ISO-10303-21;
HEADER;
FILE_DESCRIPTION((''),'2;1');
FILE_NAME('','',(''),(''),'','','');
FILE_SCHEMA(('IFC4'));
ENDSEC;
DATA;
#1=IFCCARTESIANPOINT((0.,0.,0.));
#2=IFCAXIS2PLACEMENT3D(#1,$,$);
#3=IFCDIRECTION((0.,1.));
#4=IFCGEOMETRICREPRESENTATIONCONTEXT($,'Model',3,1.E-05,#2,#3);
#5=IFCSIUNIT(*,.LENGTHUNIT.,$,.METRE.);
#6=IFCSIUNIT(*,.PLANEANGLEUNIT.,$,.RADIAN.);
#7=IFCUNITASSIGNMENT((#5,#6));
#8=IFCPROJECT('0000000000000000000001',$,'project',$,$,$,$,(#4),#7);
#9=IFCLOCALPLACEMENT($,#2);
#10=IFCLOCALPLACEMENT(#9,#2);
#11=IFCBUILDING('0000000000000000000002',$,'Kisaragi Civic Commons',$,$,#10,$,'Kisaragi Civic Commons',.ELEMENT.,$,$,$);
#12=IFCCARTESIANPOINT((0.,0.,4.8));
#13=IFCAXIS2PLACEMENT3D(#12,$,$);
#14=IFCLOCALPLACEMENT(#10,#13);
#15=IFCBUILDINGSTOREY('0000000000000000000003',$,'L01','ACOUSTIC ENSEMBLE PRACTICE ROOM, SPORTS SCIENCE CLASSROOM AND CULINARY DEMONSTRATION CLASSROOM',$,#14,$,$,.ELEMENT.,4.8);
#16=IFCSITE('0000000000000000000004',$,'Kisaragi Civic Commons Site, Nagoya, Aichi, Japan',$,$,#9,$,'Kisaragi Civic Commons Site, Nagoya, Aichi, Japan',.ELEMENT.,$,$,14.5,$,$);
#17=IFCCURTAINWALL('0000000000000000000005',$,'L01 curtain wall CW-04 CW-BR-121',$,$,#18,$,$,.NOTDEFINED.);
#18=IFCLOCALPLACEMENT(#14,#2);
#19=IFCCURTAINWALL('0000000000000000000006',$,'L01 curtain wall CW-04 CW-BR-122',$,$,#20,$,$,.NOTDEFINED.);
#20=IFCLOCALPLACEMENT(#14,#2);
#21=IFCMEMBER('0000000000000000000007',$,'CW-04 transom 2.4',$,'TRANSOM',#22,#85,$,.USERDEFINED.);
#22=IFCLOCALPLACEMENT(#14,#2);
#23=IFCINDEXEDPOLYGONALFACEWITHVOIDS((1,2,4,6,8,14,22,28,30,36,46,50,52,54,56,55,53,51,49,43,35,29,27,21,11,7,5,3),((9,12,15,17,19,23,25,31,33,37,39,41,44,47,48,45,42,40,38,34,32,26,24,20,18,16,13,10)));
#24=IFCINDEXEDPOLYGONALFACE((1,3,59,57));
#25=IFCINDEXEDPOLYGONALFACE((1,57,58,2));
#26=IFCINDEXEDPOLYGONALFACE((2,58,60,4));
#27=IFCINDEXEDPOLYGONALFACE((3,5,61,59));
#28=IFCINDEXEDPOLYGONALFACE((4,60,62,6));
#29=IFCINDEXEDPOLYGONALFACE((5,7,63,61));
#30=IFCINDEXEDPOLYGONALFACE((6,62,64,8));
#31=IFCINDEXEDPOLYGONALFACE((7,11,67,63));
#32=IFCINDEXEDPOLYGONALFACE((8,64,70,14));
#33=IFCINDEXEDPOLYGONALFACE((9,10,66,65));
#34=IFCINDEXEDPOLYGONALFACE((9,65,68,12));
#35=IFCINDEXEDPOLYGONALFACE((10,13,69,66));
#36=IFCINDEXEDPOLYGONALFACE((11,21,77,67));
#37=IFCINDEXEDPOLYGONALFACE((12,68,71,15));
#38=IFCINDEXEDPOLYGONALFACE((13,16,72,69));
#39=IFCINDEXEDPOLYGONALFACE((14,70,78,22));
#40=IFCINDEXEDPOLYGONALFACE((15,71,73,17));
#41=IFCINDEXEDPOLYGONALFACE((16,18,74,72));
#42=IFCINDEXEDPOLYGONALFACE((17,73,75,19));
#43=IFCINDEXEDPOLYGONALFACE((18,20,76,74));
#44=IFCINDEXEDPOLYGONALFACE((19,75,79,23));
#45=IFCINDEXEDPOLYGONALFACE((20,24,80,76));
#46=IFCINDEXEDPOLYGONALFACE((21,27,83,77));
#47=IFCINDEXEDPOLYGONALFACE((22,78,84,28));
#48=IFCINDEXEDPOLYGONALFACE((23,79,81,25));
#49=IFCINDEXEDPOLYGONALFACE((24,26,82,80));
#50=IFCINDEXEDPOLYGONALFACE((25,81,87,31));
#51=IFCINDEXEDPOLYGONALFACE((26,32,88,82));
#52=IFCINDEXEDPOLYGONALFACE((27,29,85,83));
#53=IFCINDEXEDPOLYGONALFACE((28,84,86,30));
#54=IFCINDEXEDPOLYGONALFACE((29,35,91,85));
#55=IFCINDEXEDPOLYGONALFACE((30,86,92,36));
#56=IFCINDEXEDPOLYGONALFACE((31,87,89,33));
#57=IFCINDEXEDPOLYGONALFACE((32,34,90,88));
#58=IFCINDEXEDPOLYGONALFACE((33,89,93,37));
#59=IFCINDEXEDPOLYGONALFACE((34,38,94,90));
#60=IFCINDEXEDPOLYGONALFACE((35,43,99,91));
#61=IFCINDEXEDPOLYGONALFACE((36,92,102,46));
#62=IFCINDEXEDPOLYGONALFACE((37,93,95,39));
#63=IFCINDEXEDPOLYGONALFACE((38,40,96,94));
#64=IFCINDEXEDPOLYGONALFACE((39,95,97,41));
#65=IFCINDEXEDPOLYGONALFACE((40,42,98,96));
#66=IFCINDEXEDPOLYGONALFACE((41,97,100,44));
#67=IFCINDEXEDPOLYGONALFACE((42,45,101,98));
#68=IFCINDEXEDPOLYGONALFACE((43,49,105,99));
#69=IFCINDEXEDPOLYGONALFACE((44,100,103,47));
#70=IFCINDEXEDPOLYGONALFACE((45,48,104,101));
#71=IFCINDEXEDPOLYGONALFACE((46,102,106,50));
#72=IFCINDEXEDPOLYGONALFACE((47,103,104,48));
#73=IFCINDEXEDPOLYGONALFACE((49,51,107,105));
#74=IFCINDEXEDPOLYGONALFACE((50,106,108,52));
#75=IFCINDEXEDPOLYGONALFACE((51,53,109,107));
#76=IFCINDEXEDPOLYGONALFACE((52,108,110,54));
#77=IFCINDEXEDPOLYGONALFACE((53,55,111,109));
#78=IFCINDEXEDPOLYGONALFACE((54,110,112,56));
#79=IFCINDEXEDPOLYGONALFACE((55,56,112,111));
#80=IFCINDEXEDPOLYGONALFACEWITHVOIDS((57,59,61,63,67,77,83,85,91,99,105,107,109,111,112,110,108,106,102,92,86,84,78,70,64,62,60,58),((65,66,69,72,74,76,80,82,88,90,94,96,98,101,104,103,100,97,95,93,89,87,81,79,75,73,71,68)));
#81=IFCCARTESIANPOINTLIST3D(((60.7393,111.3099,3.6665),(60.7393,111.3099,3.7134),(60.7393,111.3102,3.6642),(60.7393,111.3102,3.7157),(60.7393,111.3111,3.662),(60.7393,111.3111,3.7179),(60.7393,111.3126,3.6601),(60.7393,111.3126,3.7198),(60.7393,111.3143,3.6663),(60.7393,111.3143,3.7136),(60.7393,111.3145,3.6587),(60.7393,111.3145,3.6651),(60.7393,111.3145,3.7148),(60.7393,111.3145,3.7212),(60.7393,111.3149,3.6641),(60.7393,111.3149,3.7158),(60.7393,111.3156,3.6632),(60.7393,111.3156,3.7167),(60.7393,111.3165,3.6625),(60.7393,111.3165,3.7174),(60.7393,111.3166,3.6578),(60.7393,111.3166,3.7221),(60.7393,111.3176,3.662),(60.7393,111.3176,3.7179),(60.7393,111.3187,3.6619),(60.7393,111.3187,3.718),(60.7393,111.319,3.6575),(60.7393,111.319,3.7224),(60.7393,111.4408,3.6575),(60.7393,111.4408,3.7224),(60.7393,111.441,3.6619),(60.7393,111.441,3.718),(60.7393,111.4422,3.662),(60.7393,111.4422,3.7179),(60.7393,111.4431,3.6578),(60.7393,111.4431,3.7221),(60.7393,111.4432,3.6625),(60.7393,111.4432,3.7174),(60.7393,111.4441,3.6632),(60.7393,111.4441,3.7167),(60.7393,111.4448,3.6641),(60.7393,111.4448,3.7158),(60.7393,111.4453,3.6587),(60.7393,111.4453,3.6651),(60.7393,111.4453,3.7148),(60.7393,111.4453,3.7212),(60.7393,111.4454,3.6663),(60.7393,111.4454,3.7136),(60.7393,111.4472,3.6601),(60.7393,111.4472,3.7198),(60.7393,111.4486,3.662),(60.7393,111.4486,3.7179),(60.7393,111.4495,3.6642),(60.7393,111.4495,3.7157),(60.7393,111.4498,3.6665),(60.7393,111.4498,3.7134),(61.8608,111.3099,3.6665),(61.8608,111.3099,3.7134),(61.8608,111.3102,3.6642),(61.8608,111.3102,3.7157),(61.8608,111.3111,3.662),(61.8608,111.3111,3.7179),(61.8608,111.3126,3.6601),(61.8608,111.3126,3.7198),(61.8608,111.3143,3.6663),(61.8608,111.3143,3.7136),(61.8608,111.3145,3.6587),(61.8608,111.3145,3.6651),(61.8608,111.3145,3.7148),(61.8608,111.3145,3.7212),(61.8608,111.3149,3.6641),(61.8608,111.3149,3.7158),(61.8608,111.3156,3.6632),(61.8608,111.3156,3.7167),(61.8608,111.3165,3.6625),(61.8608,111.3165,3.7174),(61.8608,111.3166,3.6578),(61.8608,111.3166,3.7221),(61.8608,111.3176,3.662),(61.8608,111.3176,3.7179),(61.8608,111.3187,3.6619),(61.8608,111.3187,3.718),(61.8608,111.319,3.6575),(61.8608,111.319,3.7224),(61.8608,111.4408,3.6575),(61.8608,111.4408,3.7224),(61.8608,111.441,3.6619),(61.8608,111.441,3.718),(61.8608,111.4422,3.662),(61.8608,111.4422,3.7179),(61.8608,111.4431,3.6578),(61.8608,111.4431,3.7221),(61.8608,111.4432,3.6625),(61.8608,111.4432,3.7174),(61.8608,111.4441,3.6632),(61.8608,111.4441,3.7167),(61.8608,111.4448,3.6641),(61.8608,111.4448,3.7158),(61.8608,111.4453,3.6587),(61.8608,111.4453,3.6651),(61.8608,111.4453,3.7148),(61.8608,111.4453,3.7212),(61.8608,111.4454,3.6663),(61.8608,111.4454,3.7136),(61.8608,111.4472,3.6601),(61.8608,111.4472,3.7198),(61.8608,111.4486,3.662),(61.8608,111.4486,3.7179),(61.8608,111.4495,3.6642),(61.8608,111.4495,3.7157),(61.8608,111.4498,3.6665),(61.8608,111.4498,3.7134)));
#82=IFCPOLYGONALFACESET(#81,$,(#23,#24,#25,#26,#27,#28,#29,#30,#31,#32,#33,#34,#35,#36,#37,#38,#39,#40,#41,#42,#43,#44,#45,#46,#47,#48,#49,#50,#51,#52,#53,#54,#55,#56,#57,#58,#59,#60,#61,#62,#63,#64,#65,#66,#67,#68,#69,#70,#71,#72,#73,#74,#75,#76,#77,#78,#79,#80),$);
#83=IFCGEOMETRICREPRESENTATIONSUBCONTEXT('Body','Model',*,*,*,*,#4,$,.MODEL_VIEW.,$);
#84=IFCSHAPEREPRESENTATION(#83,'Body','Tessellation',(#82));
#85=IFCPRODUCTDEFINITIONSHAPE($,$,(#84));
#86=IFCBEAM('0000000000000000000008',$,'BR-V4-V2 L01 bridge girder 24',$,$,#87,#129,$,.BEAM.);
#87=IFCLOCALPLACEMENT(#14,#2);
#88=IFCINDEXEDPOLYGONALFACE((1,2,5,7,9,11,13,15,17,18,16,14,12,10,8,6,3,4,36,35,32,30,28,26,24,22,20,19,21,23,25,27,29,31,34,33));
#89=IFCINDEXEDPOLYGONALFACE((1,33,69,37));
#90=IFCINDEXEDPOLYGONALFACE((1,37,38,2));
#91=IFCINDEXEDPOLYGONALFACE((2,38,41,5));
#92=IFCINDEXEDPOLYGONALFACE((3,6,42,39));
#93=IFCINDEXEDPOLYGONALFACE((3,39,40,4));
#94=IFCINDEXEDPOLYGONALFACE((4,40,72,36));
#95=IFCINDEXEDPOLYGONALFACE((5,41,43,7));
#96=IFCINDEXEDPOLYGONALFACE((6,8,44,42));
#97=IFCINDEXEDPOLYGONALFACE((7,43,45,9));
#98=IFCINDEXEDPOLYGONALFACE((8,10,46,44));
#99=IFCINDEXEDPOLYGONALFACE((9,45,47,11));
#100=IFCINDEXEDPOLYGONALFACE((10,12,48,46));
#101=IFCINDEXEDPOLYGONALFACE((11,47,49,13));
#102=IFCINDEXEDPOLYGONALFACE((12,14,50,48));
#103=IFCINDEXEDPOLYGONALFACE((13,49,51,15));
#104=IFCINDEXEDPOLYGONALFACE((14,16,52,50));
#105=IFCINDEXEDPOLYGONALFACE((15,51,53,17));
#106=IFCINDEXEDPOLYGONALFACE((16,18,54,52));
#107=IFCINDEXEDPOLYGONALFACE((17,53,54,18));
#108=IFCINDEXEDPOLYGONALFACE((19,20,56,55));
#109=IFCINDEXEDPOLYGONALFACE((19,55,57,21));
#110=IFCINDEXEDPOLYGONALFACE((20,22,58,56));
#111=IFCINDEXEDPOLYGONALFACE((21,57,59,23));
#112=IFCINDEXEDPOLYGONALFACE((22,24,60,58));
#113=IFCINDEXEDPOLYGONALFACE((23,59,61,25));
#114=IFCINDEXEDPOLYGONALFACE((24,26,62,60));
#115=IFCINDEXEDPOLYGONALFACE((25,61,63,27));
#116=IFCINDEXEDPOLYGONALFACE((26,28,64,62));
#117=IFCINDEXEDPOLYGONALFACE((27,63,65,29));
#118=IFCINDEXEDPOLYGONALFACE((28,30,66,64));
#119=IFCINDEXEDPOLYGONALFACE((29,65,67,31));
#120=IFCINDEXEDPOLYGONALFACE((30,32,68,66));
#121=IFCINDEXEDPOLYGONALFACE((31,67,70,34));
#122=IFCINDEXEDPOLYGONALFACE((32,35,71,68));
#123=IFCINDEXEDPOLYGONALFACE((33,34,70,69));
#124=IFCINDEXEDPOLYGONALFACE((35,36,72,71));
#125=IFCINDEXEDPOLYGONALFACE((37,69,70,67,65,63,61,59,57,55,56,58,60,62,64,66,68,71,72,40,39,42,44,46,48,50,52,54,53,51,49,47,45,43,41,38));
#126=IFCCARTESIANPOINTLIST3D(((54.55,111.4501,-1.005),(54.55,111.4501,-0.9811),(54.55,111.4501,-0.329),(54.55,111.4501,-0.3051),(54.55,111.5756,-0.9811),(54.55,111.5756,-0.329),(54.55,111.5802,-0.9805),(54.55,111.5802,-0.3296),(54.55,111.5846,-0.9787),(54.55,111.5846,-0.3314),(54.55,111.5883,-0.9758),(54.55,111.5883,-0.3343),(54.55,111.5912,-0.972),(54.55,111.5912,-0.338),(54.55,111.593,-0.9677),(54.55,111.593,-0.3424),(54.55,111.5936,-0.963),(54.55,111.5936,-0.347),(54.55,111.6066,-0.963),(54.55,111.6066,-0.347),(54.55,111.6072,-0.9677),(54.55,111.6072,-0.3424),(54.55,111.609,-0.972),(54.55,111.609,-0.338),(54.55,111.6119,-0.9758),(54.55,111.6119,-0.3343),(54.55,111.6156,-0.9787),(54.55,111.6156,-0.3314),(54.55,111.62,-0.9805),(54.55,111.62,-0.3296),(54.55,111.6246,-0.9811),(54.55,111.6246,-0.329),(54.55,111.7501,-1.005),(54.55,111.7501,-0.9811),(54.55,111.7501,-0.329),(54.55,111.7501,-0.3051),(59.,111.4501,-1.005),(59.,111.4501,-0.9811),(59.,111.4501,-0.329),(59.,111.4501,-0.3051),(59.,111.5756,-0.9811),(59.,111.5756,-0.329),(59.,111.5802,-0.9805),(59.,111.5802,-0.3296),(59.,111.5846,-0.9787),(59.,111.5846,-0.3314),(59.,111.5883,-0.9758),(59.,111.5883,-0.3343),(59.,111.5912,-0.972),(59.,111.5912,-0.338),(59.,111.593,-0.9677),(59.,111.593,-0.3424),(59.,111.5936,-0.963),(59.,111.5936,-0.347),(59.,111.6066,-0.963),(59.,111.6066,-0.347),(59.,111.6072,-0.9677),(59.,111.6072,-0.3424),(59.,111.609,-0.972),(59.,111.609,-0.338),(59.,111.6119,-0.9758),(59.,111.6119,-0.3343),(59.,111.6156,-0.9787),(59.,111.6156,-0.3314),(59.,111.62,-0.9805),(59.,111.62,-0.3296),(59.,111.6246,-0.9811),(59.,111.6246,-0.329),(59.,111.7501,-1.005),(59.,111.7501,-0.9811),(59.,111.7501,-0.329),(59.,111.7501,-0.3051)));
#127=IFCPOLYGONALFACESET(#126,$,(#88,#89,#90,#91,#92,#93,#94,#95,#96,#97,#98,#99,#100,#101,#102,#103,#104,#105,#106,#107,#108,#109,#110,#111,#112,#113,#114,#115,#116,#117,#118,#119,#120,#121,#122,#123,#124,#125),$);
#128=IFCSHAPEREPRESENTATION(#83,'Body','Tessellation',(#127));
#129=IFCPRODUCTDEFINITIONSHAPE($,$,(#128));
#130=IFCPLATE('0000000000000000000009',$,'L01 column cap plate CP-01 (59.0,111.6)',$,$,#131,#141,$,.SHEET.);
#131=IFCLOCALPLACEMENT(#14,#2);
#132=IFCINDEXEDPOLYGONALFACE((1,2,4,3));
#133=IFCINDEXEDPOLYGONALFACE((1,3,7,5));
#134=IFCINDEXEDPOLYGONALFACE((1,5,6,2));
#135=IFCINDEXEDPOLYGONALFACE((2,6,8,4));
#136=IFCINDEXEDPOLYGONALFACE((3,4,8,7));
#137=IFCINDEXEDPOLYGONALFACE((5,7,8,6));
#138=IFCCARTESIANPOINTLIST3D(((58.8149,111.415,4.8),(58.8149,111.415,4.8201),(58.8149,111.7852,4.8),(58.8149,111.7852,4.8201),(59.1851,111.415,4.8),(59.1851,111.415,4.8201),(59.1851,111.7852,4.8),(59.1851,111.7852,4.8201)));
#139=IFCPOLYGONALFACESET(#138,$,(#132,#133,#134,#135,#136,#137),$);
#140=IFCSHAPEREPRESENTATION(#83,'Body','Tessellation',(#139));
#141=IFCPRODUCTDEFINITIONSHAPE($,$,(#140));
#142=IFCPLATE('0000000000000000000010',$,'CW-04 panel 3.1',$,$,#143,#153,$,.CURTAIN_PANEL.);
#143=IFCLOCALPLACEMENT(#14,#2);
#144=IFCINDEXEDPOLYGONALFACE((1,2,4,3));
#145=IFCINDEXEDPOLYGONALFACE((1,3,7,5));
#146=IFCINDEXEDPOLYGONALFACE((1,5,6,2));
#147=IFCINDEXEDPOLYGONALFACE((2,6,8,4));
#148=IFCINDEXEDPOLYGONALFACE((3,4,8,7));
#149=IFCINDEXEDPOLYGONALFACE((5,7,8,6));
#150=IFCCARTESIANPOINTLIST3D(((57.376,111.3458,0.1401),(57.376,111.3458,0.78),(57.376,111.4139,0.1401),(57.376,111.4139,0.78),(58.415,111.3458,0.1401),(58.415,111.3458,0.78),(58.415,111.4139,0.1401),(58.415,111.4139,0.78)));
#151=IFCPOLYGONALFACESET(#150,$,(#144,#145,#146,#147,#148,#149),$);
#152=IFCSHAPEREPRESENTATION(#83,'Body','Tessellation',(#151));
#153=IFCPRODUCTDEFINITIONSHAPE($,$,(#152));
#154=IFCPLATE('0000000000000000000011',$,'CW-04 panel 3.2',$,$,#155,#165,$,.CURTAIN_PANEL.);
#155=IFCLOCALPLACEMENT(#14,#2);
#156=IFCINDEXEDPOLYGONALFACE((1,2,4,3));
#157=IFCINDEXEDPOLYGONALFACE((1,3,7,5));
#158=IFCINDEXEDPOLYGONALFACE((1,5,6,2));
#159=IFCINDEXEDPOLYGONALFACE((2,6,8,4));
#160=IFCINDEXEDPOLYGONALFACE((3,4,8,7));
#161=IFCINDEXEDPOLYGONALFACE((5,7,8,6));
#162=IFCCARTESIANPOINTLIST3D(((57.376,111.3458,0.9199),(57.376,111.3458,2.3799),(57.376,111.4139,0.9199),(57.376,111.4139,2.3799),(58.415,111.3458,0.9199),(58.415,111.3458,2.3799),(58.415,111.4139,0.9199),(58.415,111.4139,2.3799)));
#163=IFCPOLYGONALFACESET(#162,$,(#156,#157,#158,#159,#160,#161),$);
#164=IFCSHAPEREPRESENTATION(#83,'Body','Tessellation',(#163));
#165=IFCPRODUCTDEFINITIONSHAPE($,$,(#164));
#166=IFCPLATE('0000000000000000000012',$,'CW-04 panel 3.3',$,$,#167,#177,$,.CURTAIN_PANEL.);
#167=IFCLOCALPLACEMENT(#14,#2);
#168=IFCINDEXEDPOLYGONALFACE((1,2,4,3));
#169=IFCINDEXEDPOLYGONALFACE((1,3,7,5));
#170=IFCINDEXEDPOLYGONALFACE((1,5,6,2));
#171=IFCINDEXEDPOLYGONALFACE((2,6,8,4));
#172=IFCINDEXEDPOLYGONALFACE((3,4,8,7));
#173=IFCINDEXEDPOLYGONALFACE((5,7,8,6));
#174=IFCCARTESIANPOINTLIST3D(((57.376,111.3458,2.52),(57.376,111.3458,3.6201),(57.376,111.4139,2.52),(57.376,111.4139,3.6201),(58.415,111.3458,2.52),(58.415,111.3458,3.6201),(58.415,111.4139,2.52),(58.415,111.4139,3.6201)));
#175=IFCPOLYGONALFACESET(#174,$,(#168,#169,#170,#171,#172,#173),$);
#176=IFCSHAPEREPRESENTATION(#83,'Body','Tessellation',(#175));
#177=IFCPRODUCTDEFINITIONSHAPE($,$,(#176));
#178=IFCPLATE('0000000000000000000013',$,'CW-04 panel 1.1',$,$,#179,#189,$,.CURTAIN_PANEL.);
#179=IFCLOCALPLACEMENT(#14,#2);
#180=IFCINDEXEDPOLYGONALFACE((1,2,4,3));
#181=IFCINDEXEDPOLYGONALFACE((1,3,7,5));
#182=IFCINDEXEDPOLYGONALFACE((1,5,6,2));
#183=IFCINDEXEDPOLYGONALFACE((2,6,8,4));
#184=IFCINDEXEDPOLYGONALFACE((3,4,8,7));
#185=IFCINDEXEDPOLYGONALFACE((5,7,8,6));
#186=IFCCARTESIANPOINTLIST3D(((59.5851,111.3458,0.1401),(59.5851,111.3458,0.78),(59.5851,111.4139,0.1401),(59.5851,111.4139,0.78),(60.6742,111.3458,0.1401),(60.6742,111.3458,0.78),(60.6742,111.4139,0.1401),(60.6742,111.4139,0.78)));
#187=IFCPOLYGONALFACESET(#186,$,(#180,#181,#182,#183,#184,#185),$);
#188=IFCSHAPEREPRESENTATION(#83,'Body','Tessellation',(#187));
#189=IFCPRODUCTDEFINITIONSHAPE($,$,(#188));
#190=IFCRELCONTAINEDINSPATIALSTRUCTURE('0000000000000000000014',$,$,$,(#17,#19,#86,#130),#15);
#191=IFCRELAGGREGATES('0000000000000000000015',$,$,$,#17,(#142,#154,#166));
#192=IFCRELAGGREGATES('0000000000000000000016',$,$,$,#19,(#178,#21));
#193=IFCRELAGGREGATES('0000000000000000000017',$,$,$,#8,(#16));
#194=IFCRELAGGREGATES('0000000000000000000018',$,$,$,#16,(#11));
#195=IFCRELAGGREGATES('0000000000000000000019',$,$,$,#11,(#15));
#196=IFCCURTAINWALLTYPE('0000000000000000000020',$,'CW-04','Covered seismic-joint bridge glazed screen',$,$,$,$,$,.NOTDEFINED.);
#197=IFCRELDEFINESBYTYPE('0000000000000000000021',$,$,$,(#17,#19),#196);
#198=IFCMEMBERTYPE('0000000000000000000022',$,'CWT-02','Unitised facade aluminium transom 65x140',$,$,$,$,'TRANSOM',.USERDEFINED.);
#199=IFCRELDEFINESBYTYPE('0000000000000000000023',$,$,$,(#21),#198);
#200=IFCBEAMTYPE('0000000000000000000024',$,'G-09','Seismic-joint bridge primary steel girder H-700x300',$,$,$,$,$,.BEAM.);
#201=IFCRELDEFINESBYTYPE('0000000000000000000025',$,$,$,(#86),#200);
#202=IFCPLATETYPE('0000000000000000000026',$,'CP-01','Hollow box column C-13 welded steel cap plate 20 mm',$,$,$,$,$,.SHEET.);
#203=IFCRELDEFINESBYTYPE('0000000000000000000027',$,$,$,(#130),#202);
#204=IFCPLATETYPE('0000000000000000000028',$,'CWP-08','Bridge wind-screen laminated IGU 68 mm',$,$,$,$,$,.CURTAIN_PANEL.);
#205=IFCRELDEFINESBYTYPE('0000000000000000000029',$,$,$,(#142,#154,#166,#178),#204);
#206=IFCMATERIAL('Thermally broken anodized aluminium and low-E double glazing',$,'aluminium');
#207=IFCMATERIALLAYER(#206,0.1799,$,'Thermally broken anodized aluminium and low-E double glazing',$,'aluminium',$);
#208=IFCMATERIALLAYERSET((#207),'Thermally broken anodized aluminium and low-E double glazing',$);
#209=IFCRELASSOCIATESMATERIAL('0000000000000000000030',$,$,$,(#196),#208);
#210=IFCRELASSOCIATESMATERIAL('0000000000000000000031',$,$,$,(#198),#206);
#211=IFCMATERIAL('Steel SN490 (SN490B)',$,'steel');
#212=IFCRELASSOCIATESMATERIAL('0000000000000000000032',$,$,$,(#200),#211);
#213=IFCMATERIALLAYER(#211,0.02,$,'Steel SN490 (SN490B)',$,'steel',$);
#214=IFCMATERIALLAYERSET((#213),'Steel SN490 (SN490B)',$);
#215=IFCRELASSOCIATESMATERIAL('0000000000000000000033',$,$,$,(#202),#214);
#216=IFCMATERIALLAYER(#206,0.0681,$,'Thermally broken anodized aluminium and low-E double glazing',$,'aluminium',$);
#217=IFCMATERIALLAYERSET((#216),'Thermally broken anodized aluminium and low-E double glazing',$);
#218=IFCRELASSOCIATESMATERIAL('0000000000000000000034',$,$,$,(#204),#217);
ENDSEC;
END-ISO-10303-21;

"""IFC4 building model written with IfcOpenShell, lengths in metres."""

from ifc_helpers import new_model, si_unit, direction, frame, origin, origin_2d, place, context, subcontext, project, spatial, rectangle, hollow_rectangle, i_section, extrude, material, layer, layer_set, material_profile, profile_set, type_object, element, aggregate, save


model = new_model("IFC4")

# Units and contexts
model_context = context("Model", 3, precision=1e-05, world=origin(), true_north=direction((0.0, 1.0)))
body_context = subcontext(model_context, "Body", "Model", "MODEL_VIEW")
ifc_project = project(units=[si_unit("LENGTHUNIT", "METRE"), si_unit("PLANEANGLEUNIT", "RADIAN")], contexts=[model_context])

# Site, building, storey
site_placement = place(None, origin())
site = spatial("IfcSite", under=ifc_project, at=site_placement, Name="Kisaragi Civic Commons Site, Nagoya, Aichi, Japan", LongName="Kisaragi Civic Commons Site, Nagoya, Aichi, Japan", CompositionType="ELEMENT", RefElevation=14.5)
building_placement = place(site_placement, origin())
building = spatial("IfcBuilding", under=site, at=building_placement, Name="Kisaragi Civic Commons", LongName="Kisaragi Civic Commons", CompositionType="ELEMENT")
storey_placement = place(building_placement, frame((0.0, 0.0, 4.8)))
storey = spatial("IfcBuildingStorey", under=building, at=storey_placement, Name="L01", Description="ACOUSTIC ENSEMBLE PRACTICE ROOM, SPORTS SCIENCE CLASSROOM AND CULINARY DEMONSTRATION CLASSROOM", CompositionType="ELEMENT", Elevation=4.8)

# Curtain wall
ifc_material_1 = material(Name="Thermally broken anodized aluminium and low-E double glazing", Category="aluminium")
ifc_layer_1 = layer(ifc_material_1, 0.1799, Name="Thermally broken anodized aluminium and low-E double glazing", Category="aluminium")
ifc_layer_set_1 = layer_set([ifc_layer_1], Name="Thermally broken anodized aluminium and low-E double glazing")
curtain_wall_type = type_object("IfcCurtainWallType", Name="CW-04", Description="Covered seismic-joint bridge glazed screen", PredefinedType="NOTDEFINED", material=ifc_layer_set_1)
curtain_wall_1_placement = place(storey_placement, origin())
curtain_wall_1 = element("IfcCurtainWall", 1, at=curtain_wall_1_placement, inside=storey, type_object=curtain_wall_type, Name="L01 curtain wall CW-04 CW-BR-121", PredefinedType="NOTDEFINED")

# Curtain wall
curtain_wall_2_placement = place(storey_placement, origin())
curtain_wall_2 = element("IfcCurtainWall", 2, at=curtain_wall_2_placement, inside=storey, type_object=curtain_wall_type, Name="L01 curtain wall CW-04 CW-BR-122", PredefinedType="NOTDEFINED")

# Member
ifc_material_profile_1 = material_profile(ifc_material_1, hollow_rectangle(XDim=0.1399, YDim=0.0649, WallThickness=0.0044, InnerFilletRadius=0.0044, OuterFilletRadius=0.009, at=origin_2d()), Name="CWT-65x140x4.5", Category="aluminium")
ifc_profile_set_1 = profile_set([ifc_material_profile_1], Name="Thermally broken anodized aluminium and low-E double glazing")
member_type_1 = type_object("IfcMemberType", Name="CWT-02", Description="Unitised facade aluminium transom 65x140", ElementType="TRANSOM", PredefinedType="USERDEFINED", material=ifc_profile_set_1)
member_1_placement = place(storey_placement, frame((60.7393, 111.3799, 3.6899), z_axis=(1.0, 0.0, 0.0), x_axis=(0.0, 1.0, 0.0)))
member_1 = element("IfcMember", 3, at=member_1_placement, type_object=member_type_1, Name="CW-04 transom 2.4", ObjectType="TRANSOM", PredefinedType="USERDEFINED", context=body_context, shape_type="SweptSolid", body=[
    extrude(hollow_rectangle(XDim=0.1399, YDim=0.0649, WallThickness=0.0044, InnerFilletRadius=0.0044, OuterFilletRadius=0.009, at=origin_2d()), origin(), (0.0, 0.0, 1.0), 1.1216),
])

# Beam
ifc_material_2 = material(Name="Steel SN490 (SN490B)", Category="steel")
ifc_material_profile_2 = material_profile(ifc_material_2, i_section(OverallWidth=0.3, OverallDepth=0.7, WebThickness=0.0129, FlangeThickness=0.0239, FilletRadius=0.0181, at=origin_2d()), Name="H-700x300x13x24", Category="steel")
ifc_profile_set_2 = profile_set([ifc_material_profile_2], Name="Steel SN490 (SN490B)")
beam_type = type_object("IfcBeamType", Name="G-09", Description="Seismic-joint bridge primary steel girder H-700x300", PredefinedType="BEAM", material=ifc_profile_set_2)
beam_placement = place(storey_placement, frame((59.0, 111.6001, -0.655), z_axis=(-1.0, 0.0, 0.0), x_axis=(0.0, -1.0, 0.0)))
element("IfcBeam", 4, at=beam_placement, inside=storey, type_object=beam_type, Name="BR-V4-V2 L01 bridge girder 24", PredefinedType="BEAM", context=body_context, shape_type="SweptSolid", body=[
    extrude(i_section(OverallWidth=0.3, OverallDepth=0.7, WebThickness=0.0129, FlangeThickness=0.0239, FilletRadius=0.0181, at=origin_2d()), origin(), (0.0, 0.0, 1.0), 4.45),
])

# Plates
ifc_layer_2 = layer(ifc_material_2, 0.02, Name="Steel SN490 (SN490B)", Category="steel")
ifc_layer_set_2 = layer_set([ifc_layer_2], Name="Steel SN490 (SN490B)")
plate_type_1 = type_object("IfcPlateType", Name="CP-01", Description="Hollow box column C-13 welded steel cap plate 20 mm", PredefinedType="SHEET", material=ifc_layer_set_2)
plate_1_placement = place(storey_placement, frame((59.0, 111.6001, 4.8), z_axis=(0.0, 0.0, 1.0), x_axis=(1.0, 0.0, 0.0)))
element("IfcPlate", 5, at=plate_1_placement, inside=storey, type_object=plate_type_1, Name="L01 column cap plate CP-01 (59.0,111.6)", PredefinedType="SHEET", context=body_context, shape_type="SweptSolid", body=[
    extrude(rectangle(XDim=0.3701, YDim=0.3701, at=origin_2d()), origin(), (0.0, 0.0, 1.0), 0.02),
])
ifc_layer_3 = layer(ifc_material_1, 0.0681, Name="Thermally broken anodized aluminium and low-E double glazing", Category="aluminium")
ifc_layer_set_3 = layer_set([ifc_layer_3], Name="Thermally broken anodized aluminium and low-E double glazing")
plate_type_2 = type_object("IfcPlateType", Name="CWP-08", Description="Bridge wind-screen laminated IGU 68 mm", PredefinedType="CURTAIN_PANEL", material=ifc_layer_set_3)
plate_2_placement = place(storey_placement, frame((57.8955, 111.3799, 0.1401), z_axis=(0.0, 0.0, 1.0), x_axis=(1.0, 0.0, 0.0)))
plate_2 = element("IfcPlate", 6, at=plate_2_placement, type_object=plate_type_2, Name="CW-04 panel 3.1", PredefinedType="CURTAIN_PANEL", context=body_context, shape_type="SweptSolid", body=[
    extrude(rectangle(XDim=1.0391, YDim=0.0681, at=origin_2d()), origin(), (0.0, 0.0, 1.0), 0.6399),
])
plate_3_placement = place(storey_placement, frame((57.8955, 111.3799, 0.9199), z_axis=(0.0, 0.0, 1.0), x_axis=(1.0, 0.0, 0.0)))
plate_3 = element("IfcPlate", 7, at=plate_3_placement, type_object=plate_type_2, Name="CW-04 panel 3.2", PredefinedType="CURTAIN_PANEL", context=body_context, shape_type="SweptSolid", body=[
    extrude(rectangle(XDim=1.0391, YDim=0.0681, at=origin_2d()), origin(), (0.0, 0.0, 1.0), 1.46),
])
plate_4_placement = place(storey_placement, frame((57.8955, 111.3799, 2.52), z_axis=(0.0, 0.0, 1.0), x_axis=(1.0, 0.0, 0.0)))
plate_4 = element("IfcPlate", 8, at=plate_4_placement, type_object=plate_type_2, Name="CW-04 panel 3.3", PredefinedType="CURTAIN_PANEL", context=body_context, shape_type="SweptSolid", body=[
    extrude(rectangle(XDim=1.0391, YDim=0.0681, at=origin_2d()), origin(), (0.0, 0.0, 1.0), 1.1001),
])
aggregate(curtain_wall_1, [plate_2, plate_3, plate_4])
plate_5_placement = place(storey_placement, frame((60.1296, 111.3799, 0.1401), z_axis=(0.0, 0.0, 1.0), x_axis=(1.0, 0.0, 0.0)))
plate_5 = element("IfcPlate", 9, at=plate_5_placement, type_object=plate_type_2, Name="CW-04 panel 1.1", PredefinedType="CURTAIN_PANEL", context=body_context, shape_type="SweptSolid", body=[
    extrude(rectangle(XDim=1.0891, YDim=0.0681, at=origin_2d()), origin(), (0.0, 0.0, 1.0), 0.6399),
])
aggregate(curtain_wall_2, [plate_5, member_1])

save(model, "model.ifc")
